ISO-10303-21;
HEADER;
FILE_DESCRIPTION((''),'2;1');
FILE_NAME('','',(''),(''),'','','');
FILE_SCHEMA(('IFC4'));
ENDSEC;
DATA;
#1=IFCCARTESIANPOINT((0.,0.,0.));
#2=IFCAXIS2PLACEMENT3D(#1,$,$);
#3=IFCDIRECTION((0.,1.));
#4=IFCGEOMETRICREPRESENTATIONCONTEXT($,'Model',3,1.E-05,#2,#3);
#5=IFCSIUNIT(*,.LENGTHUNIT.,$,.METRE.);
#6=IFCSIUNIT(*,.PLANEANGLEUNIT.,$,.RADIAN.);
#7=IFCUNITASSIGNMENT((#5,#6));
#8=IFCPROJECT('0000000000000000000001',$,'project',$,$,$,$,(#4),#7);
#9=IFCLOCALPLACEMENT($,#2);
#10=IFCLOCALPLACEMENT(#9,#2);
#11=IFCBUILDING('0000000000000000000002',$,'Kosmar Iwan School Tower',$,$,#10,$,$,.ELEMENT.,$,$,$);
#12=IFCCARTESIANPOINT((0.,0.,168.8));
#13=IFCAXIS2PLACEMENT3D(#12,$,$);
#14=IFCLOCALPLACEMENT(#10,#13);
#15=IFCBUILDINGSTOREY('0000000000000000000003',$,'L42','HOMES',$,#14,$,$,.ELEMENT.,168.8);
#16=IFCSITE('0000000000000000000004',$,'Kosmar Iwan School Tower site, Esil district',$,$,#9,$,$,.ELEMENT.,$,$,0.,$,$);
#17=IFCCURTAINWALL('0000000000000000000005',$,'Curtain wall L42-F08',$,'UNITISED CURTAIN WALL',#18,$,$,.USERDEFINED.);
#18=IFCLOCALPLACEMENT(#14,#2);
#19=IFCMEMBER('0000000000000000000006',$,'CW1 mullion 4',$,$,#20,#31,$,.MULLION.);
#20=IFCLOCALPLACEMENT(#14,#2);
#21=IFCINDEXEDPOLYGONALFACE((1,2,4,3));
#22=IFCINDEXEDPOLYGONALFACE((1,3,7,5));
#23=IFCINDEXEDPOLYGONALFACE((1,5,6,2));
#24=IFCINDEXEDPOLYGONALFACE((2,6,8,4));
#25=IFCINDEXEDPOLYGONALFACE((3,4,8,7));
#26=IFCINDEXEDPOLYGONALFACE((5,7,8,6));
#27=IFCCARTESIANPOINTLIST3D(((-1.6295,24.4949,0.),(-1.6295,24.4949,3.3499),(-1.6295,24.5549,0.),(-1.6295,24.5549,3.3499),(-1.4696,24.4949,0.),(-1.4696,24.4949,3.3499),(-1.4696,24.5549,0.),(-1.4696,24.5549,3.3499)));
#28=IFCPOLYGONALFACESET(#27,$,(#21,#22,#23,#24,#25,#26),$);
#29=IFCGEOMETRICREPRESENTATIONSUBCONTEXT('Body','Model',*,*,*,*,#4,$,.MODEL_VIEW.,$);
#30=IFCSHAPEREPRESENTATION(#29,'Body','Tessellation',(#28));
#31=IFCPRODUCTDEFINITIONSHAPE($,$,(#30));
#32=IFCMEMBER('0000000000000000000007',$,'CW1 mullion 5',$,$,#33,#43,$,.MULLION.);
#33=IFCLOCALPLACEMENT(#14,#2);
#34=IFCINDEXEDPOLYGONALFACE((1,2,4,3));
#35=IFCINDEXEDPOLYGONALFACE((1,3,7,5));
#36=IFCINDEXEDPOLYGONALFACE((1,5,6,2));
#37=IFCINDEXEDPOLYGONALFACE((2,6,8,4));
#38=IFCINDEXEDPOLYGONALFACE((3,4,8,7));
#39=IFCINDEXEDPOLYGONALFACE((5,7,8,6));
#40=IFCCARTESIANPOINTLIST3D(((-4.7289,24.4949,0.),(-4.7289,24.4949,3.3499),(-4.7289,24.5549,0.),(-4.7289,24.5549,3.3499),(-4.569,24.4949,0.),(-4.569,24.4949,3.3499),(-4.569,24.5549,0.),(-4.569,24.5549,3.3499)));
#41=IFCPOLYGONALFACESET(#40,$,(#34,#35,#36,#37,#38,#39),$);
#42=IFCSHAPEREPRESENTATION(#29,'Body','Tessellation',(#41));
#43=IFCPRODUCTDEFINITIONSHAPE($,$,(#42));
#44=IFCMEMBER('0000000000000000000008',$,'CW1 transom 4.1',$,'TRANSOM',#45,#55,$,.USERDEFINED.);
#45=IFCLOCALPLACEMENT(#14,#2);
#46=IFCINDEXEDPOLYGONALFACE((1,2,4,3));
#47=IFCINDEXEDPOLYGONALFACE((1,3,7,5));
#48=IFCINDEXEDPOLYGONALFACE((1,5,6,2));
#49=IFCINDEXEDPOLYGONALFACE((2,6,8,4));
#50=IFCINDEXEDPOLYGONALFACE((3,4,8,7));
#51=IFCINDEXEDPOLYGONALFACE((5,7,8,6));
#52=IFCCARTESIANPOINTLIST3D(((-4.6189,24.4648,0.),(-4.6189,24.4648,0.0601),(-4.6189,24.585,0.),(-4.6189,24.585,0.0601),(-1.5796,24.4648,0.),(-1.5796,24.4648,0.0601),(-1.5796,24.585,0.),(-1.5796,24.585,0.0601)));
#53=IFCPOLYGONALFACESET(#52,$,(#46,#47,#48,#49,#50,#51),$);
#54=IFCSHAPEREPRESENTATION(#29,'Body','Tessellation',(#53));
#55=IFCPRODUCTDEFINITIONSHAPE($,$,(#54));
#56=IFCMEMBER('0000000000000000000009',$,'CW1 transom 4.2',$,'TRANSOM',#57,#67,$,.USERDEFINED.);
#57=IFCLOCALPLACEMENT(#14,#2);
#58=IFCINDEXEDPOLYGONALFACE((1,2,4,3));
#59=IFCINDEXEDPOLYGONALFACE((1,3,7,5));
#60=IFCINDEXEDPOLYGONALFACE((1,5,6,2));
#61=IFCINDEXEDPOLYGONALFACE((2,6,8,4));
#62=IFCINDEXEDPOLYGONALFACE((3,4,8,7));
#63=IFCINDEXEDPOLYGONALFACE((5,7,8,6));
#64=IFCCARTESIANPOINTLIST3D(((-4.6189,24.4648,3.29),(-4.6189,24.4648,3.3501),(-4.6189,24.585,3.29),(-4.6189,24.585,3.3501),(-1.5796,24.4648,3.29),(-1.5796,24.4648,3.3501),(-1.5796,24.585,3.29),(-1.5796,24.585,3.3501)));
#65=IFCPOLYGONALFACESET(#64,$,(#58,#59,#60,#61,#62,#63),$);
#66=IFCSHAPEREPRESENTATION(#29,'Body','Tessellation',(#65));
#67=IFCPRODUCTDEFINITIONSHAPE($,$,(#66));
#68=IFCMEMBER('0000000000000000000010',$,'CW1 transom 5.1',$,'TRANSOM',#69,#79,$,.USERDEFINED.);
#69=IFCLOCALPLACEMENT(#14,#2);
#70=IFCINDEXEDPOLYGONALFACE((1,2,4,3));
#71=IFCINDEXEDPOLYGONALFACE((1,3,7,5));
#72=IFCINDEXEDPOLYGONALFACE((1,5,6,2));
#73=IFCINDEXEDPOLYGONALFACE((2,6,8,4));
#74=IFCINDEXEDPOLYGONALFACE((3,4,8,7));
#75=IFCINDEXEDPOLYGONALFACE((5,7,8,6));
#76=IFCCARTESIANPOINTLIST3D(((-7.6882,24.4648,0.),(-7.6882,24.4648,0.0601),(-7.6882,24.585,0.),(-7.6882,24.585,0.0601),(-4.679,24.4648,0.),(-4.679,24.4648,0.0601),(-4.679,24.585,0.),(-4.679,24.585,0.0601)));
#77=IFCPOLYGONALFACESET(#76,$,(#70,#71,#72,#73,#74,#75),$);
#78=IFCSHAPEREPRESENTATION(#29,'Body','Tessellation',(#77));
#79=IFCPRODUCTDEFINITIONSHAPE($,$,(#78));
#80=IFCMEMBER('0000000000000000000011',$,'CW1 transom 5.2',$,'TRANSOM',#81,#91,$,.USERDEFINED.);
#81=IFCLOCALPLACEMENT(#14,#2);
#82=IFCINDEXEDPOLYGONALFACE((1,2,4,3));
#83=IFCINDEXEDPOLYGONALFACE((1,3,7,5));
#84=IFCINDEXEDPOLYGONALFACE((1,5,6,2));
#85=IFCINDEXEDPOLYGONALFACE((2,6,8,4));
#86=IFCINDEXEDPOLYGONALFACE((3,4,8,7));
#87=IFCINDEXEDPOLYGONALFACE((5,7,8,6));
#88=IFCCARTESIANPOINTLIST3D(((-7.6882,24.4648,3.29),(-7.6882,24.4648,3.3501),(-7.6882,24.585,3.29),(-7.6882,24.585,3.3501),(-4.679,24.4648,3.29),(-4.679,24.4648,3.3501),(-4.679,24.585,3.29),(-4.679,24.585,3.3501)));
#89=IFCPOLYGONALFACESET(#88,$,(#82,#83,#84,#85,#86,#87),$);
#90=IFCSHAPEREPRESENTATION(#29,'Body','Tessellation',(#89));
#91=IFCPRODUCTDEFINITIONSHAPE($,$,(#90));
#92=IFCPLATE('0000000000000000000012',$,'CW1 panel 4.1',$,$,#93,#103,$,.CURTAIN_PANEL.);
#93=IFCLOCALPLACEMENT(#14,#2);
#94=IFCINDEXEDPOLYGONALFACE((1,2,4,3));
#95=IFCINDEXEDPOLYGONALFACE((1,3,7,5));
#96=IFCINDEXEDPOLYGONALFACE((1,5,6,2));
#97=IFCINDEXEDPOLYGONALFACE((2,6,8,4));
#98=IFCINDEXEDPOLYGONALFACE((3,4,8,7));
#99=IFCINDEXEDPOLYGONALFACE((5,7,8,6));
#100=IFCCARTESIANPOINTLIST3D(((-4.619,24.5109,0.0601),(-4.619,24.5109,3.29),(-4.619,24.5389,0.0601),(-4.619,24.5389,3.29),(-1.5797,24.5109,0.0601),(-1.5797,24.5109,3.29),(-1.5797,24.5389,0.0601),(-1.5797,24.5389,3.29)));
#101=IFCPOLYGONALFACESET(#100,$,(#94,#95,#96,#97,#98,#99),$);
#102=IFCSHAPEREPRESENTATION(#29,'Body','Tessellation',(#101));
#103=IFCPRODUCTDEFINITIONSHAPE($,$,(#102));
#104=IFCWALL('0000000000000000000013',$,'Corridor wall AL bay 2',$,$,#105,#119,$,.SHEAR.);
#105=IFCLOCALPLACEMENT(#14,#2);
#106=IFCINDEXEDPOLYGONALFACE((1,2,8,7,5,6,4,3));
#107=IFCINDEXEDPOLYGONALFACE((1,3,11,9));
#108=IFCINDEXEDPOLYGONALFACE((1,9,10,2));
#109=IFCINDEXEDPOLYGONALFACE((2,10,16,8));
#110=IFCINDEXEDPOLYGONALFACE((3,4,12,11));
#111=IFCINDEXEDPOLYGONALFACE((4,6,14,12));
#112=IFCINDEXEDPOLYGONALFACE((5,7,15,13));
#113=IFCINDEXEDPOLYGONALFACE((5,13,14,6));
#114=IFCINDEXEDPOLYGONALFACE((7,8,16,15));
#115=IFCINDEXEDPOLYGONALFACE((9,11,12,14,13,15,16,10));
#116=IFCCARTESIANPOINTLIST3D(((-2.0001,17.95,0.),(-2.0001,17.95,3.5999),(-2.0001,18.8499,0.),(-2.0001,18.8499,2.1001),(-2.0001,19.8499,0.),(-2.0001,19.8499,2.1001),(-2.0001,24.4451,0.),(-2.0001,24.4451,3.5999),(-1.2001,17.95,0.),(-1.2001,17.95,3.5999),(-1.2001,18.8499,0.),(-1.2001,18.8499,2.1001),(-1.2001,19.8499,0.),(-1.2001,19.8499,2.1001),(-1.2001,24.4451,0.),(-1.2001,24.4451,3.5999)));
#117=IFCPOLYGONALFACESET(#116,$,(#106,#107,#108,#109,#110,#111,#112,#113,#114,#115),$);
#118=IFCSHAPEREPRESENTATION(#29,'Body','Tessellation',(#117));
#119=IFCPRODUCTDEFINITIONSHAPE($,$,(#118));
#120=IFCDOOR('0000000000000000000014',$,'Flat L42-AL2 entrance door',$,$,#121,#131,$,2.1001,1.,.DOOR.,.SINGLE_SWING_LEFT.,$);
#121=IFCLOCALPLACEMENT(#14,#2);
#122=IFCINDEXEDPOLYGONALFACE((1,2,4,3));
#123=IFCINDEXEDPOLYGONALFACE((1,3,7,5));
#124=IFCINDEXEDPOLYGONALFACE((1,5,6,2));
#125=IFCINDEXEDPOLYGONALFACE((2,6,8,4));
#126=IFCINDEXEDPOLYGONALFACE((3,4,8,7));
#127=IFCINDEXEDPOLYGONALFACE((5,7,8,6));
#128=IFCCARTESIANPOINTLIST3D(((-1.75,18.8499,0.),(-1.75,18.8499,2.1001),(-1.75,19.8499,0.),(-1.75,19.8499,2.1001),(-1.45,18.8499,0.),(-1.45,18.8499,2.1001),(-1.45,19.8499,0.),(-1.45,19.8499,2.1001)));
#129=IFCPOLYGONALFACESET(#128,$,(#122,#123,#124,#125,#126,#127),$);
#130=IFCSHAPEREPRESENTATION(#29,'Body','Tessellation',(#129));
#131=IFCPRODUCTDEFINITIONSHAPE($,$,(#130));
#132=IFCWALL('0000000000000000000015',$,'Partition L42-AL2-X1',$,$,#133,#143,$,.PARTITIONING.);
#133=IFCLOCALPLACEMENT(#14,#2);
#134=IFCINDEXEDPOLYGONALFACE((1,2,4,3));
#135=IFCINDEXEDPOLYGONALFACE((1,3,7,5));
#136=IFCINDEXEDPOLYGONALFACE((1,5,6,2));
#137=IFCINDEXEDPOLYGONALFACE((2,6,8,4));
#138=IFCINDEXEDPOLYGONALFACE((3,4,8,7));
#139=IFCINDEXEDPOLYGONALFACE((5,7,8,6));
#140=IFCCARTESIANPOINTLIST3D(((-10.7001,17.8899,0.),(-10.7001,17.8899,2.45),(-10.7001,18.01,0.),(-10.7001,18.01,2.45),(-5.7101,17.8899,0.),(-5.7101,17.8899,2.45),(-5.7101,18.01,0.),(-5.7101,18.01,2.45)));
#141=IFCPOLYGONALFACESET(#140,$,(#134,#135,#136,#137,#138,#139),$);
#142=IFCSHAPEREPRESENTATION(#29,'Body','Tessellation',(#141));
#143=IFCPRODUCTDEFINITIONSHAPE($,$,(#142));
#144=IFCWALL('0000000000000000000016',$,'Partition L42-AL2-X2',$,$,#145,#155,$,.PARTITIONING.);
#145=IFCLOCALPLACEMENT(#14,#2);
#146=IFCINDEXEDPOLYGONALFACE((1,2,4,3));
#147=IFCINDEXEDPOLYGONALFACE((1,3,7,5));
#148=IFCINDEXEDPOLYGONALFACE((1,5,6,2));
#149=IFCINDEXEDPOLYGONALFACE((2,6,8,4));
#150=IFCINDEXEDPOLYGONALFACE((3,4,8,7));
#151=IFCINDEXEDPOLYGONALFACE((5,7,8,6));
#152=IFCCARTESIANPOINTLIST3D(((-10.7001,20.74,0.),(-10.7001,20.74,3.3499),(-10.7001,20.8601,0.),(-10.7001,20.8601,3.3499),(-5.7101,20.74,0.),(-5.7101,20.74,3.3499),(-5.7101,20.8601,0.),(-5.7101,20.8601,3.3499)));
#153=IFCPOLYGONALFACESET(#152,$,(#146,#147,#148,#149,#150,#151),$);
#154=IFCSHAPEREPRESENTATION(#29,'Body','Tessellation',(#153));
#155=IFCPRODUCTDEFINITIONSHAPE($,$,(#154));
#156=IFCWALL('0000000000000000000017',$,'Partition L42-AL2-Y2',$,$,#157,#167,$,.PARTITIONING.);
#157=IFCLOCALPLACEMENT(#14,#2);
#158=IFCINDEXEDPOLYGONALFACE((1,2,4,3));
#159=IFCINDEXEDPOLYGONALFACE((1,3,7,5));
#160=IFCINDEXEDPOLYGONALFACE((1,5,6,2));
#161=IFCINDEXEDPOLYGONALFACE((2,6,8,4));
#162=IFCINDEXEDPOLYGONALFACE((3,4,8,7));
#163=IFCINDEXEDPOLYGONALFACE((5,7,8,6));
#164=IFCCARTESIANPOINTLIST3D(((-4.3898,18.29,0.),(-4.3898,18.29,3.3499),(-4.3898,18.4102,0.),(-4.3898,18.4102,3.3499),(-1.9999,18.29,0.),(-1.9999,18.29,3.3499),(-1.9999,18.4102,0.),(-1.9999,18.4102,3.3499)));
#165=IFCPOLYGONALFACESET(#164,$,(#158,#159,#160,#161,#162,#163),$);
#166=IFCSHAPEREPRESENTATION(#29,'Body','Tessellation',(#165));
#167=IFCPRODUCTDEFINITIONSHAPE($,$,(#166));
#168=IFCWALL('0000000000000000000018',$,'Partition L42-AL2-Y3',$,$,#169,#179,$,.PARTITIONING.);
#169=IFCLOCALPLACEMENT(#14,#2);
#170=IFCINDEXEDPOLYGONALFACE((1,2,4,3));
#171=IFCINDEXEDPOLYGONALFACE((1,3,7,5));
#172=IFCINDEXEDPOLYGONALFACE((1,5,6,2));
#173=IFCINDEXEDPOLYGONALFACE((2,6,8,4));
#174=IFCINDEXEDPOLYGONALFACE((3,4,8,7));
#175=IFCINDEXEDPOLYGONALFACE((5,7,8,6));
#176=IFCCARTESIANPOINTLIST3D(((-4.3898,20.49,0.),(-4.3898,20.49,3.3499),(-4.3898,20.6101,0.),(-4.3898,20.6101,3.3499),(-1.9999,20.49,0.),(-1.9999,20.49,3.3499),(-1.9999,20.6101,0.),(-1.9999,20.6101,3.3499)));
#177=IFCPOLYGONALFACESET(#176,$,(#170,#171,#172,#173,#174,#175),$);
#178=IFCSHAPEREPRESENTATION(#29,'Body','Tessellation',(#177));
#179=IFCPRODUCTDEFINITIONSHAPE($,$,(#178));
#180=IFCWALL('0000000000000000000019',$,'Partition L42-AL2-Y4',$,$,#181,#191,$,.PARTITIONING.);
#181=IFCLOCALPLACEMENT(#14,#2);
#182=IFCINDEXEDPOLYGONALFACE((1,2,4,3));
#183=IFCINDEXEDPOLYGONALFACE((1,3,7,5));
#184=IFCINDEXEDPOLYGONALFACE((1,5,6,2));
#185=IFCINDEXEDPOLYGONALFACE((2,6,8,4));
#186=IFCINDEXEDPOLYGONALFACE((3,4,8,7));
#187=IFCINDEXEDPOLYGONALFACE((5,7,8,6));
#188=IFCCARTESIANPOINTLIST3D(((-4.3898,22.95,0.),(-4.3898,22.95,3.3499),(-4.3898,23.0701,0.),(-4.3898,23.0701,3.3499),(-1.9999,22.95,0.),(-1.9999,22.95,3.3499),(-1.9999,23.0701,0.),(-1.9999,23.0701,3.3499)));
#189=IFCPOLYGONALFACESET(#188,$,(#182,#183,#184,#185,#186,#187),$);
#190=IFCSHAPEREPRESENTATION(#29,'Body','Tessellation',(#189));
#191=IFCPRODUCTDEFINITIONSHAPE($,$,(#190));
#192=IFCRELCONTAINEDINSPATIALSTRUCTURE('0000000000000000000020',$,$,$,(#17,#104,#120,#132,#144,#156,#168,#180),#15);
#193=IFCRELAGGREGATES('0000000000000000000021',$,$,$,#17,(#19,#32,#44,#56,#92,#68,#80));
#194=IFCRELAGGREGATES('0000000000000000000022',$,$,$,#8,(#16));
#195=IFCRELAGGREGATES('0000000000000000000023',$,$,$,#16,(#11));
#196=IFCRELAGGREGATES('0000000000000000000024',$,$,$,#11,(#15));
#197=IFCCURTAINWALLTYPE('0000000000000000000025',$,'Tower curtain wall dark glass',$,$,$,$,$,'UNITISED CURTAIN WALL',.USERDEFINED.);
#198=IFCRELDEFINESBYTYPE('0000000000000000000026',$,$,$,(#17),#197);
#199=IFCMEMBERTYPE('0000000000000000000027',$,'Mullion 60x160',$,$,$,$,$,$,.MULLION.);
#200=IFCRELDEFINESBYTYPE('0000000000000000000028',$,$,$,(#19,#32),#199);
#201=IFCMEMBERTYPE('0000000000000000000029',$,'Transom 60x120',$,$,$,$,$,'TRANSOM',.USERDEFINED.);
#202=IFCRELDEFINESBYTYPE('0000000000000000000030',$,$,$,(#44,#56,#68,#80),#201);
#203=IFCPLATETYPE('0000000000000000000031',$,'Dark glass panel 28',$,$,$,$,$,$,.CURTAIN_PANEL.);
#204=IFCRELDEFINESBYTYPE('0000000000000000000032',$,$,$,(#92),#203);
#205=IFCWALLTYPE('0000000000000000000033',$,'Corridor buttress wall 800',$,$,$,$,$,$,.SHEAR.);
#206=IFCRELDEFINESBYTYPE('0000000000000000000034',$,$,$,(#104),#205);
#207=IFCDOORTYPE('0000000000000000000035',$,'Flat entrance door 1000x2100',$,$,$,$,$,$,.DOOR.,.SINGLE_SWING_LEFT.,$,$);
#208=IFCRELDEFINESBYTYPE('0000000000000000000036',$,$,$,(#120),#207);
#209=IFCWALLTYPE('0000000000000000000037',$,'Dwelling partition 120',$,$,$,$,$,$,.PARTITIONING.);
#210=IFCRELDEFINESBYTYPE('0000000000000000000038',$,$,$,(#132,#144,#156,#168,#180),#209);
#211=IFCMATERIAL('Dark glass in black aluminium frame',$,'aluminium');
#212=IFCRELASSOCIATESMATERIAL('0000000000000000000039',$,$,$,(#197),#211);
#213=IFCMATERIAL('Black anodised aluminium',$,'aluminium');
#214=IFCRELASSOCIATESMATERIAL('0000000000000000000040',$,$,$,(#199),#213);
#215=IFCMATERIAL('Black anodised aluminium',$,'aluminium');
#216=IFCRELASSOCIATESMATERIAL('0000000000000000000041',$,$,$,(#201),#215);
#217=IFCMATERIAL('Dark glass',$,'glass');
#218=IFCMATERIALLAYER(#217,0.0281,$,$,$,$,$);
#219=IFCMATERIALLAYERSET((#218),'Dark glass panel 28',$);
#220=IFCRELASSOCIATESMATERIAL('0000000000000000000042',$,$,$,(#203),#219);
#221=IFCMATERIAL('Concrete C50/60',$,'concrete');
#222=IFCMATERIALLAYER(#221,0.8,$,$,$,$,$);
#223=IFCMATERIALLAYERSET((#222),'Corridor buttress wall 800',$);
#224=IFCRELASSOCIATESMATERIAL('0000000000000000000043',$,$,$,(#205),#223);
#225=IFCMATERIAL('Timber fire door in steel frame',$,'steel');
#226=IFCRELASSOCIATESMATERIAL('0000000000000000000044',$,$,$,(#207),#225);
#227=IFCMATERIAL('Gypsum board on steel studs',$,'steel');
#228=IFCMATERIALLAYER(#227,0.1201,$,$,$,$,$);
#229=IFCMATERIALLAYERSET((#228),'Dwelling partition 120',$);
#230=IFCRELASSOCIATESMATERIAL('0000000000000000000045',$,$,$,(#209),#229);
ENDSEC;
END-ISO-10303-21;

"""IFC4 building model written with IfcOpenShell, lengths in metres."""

from ifc_helpers import new_model, si_unit, direction, frame, frame_2d, origin, origin_2d, place, context, subcontext, project, spatial, rectangle, extrude, material, layer, layer_set, material_profile, profile_set, type_object, element, fill, aggregate, save


model = new_model("IFC4")

# Units and contexts
model_context = context("Model", 3, precision=1e-05, world=origin(), true_north=direction((0.0, 1.0)))
body_context = subcontext(model_context, "Body", "Model", "MODEL_VIEW")
ifc_project = project(units=[si_unit("LENGTHUNIT", "METRE"), si_unit("PLANEANGLEUNIT", "RADIAN")], contexts=[model_context])

# Site, building, storey
site_placement = place(None, origin())
site = spatial("IfcSite", under=ifc_project, at=site_placement, Name="Kosmar Iwan School Tower site, Esil district", CompositionType="ELEMENT", RefElevation=0.0)
building_placement = place(site_placement, origin())
building = spatial("IfcBuilding", under=site, at=building_placement, Name="Kosmar Iwan School Tower", CompositionType="ELEMENT")
storey_placement = place(building_placement, frame((0.0, 0.0, 168.8)))
storey = spatial("IfcBuildingStorey", under=building, at=storey_placement, Name="L42", Description="HOMES", CompositionType="ELEMENT", Elevation=168.8)

# Curtain wall, members, plate
ifc_material_1 = material(Name="Dark glass in black aluminium frame", Category="aluminium")
curtain_wall_type = type_object("IfcCurtainWallType", Name="Tower curtain wall dark glass", ElementType="UNITISED CURTAIN WALL", PredefinedType="USERDEFINED", material=ifc_material_1)
curtain_wall_placement = place(storey_placement, origin())
curtain_wall = element("IfcCurtainWall", 1, at=curtain_wall_placement, inside=storey, type_object=curtain_wall_type, Name="Curtain wall L42-F08", ObjectType="UNITISED CURTAIN WALL", PredefinedType="USERDEFINED")
ifc_material_2 = material(Name="Black anodised aluminium", Category="aluminium")
ifc_material_profile_1 = material_profile(ifc_material_2, rectangle(XDim=0.0601, YDim=0.1599, at=origin_2d()), Name="MULLION 60x160")
ifc_profile_set_1 = profile_set([ifc_material_profile_1], Name="Black anodised aluminium")
member_type_1 = type_object("IfcMemberType", Name="Mullion 60x160", PredefinedType="MULLION", material=ifc_profile_set_1)
member_1_placement = place(storey_placement, frame((-1.5496, 24.5249, 0.0), z_axis=(0.0, 0.0, 1.0), x_axis=(0.0, -1.0, 0.0)))
member_1 = element("IfcMember", 2, at=member_1_placement, type_object=member_type_1, Name="CW1 mullion 4", PredefinedType="MULLION", context=body_context, shape_type="SweptSolid", body=[
    extrude(rectangle(XDim=0.0601, YDim=0.1599, at=origin_2d()), origin(), (0.0, 0.0, 1.0), 3.3499),
])
member_2_placement = place(storey_placement, frame((-4.6489, 24.5249, 0.0), z_axis=(0.0, 0.0, 1.0), x_axis=(0.0, -1.0, 0.0)))
member_2 = element("IfcMember", 3, at=member_2_placement, type_object=member_type_1, Name="CW1 mullion 5", PredefinedType="MULLION", context=body_context, shape_type="SweptSolid", body=[
    extrude(rectangle(XDim=0.0601, YDim=0.1599, at=origin_2d()), origin(), (0.0, 0.0, 1.0), 3.3499),
])
ifc_material_3 = material(Name="Black anodised aluminium", Category="aluminium")
ifc_material_profile_2 = material_profile(ifc_material_3, rectangle(XDim=0.1201, YDim=0.0601, at=origin_2d()), Name="TRANSOM 60x120")
ifc_profile_set_2 = profile_set([ifc_material_profile_2], Name="Black anodised aluminium")
member_type_2 = type_object("IfcMemberType", Name="Transom 60x120", ElementType="TRANSOM", PredefinedType="USERDEFINED", material=ifc_profile_set_2)
member_3_placement = place(storey_placement, frame((-1.5796, 24.5249, 0.03), z_axis=(-1.0, 0.0, 0.0), x_axis=(0.0, -1.0, 0.0)))
member_3 = element("IfcMember", 4, at=member_3_placement, type_object=member_type_2, Name="CW1 transom 4.1", ObjectType="TRANSOM", PredefinedType="USERDEFINED", context=body_context, shape_type="SweptSolid", body=[
    extrude(rectangle(XDim=0.1201, YDim=0.0601, at=origin_2d()), origin(), (0.0, 0.0, 1.0), 3.0393),
])
member_4_placement = place(storey_placement, frame((-1.5796, 24.5249, 3.3201), z_axis=(-1.0, 0.0, 0.0), x_axis=(0.0, -1.0, 0.0)))
member_4 = element("IfcMember", 5, at=member_4_placement, type_object=member_type_2, Name="CW1 transom 4.2", ObjectType="TRANSOM", PredefinedType="USERDEFINED", context=body_context, shape_type="SweptSolid", body=[
    extrude(rectangle(XDim=0.1201, YDim=0.0601, at=origin_2d()), origin(), (0.0, 0.0, 1.0), 3.0393),
])
member_5_placement = place(storey_placement, frame((-4.679, 24.5249, 0.03), z_axis=(-1.0, 0.0, 0.0), x_axis=(0.0, -1.0, 0.0)))
member_5 = element("IfcMember", 6, at=member_5_placement, type_object=member_type_2, Name="CW1 transom 5.1", ObjectType="TRANSOM", PredefinedType="USERDEFINED", context=body_context, shape_type="SweptSolid", body=[
    extrude(rectangle(XDim=0.1201, YDim=0.0601, at=origin_2d()), origin(), (0.0, 0.0, 1.0), 3.0093),
])
member_6_placement = place(storey_placement, frame((-4.679, 24.5249, 3.3201), z_axis=(-1.0, 0.0, 0.0), x_axis=(0.0, -1.0, 0.0)))
member_6 = element("IfcMember", 7, at=member_6_placement, type_object=member_type_2, Name="CW1 transom 5.2", ObjectType="TRANSOM", PredefinedType="USERDEFINED", context=body_context, shape_type="SweptSolid", body=[
    extrude(rectangle(XDim=0.1201, YDim=0.0601, at=origin_2d()), origin(), (0.0, 0.0, 1.0), 3.0093),
])
ifc_material_4 = material(Name="Dark glass", Category="glass")
ifc_layer_1 = layer(ifc_material_4, 0.0281)
ifc_layer_set_1 = layer_set([ifc_layer_1], Name="Dark glass panel 28")
plate_type = type_object("IfcPlateType", Name="Dark glass panel 28", PredefinedType="CURTAIN_PANEL", material=ifc_layer_set_1)
plate_placement = place(storey_placement, frame((-3.0994, 24.5249, 0.0601), z_axis=(0.0, 0.0, 1.0), x_axis=(-1.0, 0.0, 0.0)))
plate = element("IfcPlate", 8, at=plate_placement, type_object=plate_type, Name="CW1 panel 4.1", PredefinedType="CURTAIN_PANEL", context=body_context, shape_type="SweptSolid", body=[
    extrude(rectangle(XDim=3.0393, YDim=0.0281, at=origin_2d()), origin(), (0.0, 0.0, 1.0), 3.23),
])
aggregate(curtain_wall, [member_1, member_2, member_3, member_4, plate, member_5, member_6])

# Wall, opening, door
ifc_material_5 = material(Name="Concrete C50/60", Category="concrete")
ifc_layer_2 = layer(ifc_material_5, 0.8)
ifc_layer_set_2 = layer_set([ifc_layer_2], Name="Corridor buttress wall 800")
wall_type_1 = type_object("IfcWallType", Name="Corridor buttress wall 800", PredefinedType="SHEAR", material=ifc_layer_set_2)
wall_1_placement = place(storey_placement, frame((-1.6001, 17.95, 0.0), z_axis=(0.0, 0.0, 1.0), x_axis=(0.0, 1.0, 0.0)))
wall_1 = element("IfcWall", 9, at=wall_1_placement, inside=storey, type_object=wall_type_1, Name="Corridor wall AL bay 2", PredefinedType="SHEAR", context=body_context, shape_type="SweptSolid", body=[
    extrude(rectangle(XDim=6.4951, YDim=0.8, at=frame_2d((3.2476, 0.0))), origin(), (0.0, 0.0, 1.0), 3.5999),
])
opening_placement = place(wall_1_placement, frame((0.8999, 0.0, 0.0)))
opening = element("IfcOpeningElement", 10, at=opening_placement, cuts=wall_1, PredefinedType="OPENING", context=body_context, shape_type="SweptSolid", body=[
    extrude(rectangle(XDim=1.0, YDim=2.1001, at=frame_2d((0.5, 1.05))), frame((0.0, 0.4121, 0.0), z_axis=(0.0, -1.0, 0.0), x_axis=(1.0, 0.0, 0.0)), (0.0, 0.0, 1.0), 0.824),
])
ifc_material_6 = material(Name="Timber fire door in steel frame", Category="steel")
door_type = type_object("IfcDoorType", Name="Flat entrance door 1000x2100", OperationType="SINGLE_SWING_LEFT", PredefinedType="DOOR", material=ifc_material_6)
door_placement = place(opening_placement, origin())
door = element("IfcDoor", 11, at=door_placement, inside=storey, type_object=door_type, Name="Flat L42-AL2 entrance door", OperationType="SINGLE_SWING_LEFT", OverallHeight=2.1001, OverallWidth=1.0, PredefinedType="DOOR", context=body_context, shape_type="SweptSolid", body=[
    extrude(rectangle(XDim=1.0, YDim=2.1001, at=frame_2d((0.5, 1.05))), frame((0.0, 0.1499, 0.0), z_axis=(0.0, -1.0, 0.0), x_axis=(1.0, 0.0, 0.0)), (0.0, 0.0, 1.0), 0.3),
])
fill(opening, door)

# Walls
ifc_material_7 = material(Name="Gypsum board on steel studs", Category="steel")
ifc_layer_3 = layer(ifc_material_7, 0.1201)
ifc_layer_set_3 = layer_set([ifc_layer_3], Name="Dwelling partition 120")
wall_type_2 = type_object("IfcWallType", Name="Dwelling partition 120", PredefinedType="PARTITIONING", material=ifc_layer_set_3)
wall_2_placement = place(storey_placement, frame((-5.71, 17.95, 0.0), z_axis=(0.0, 0.0, 1.0), x_axis=(-1.0, 0.0, 0.0)))
element("IfcWall", 12, at=wall_2_placement, inside=storey, type_object=wall_type_2, Name="Partition L42-AL2-X1", PredefinedType="PARTITIONING", context=body_context, shape_type="SweptSolid", body=[
    extrude(rectangle(XDim=4.99, YDim=0.1201, at=frame_2d((2.4951, 0.0))), origin(), (0.0, 0.0, 1.0), 2.45),
])
wall_3_placement = place(storey_placement, frame((-5.71, 20.8, 0.0), z_axis=(0.0, 0.0, 1.0), x_axis=(-1.0, 0.0, 0.0)))
element("IfcWall", 13, at=wall_3_placement, inside=storey, type_object=wall_type_2, Name="Partition L42-AL2-X2", PredefinedType="PARTITIONING", context=body_context, shape_type="SweptSolid", body=[
    extrude(rectangle(XDim=4.99, YDim=0.1201, at=frame_2d((2.4951, 0.0))), origin(), (0.0, 0.0, 1.0), 3.3499),
])
for number, where, z_axis, x_axis, name in (
    (14, (-2.0, 18.3501, 0.0), (0.0, 0.0, 1.0), (-1.0, 0.0, 0.0), "Partition L42-AL2-Y2"),
    (15, (-2.0, 20.55, 0.0), (0.0, 0.0, 1.0), (-1.0, 0.0, 0.0), "Partition L42-AL2-Y3"),
    (16, (-2.0, 23.01, 0.0), (0.0, 0.0, 1.0), (-1.0, 0.0, 0.0), "Partition L42-AL2-Y4"),
):
    element("IfcWall", number, at=place(storey_placement, frame(where, z_axis=z_axis, x_axis=x_axis)), inside=storey, type_object=wall_type_2, Name=name, PredefinedType="PARTITIONING", context=body_context, shape_type="SweptSolid", body=[
        extrude(rectangle(XDim=2.3899, YDim=0.1201, at=frame_2d((1.1948, 0.0))), origin(), (0.0, 0.0, 1.0), 3.3499),
    ])

save(model, "model.ifc")
